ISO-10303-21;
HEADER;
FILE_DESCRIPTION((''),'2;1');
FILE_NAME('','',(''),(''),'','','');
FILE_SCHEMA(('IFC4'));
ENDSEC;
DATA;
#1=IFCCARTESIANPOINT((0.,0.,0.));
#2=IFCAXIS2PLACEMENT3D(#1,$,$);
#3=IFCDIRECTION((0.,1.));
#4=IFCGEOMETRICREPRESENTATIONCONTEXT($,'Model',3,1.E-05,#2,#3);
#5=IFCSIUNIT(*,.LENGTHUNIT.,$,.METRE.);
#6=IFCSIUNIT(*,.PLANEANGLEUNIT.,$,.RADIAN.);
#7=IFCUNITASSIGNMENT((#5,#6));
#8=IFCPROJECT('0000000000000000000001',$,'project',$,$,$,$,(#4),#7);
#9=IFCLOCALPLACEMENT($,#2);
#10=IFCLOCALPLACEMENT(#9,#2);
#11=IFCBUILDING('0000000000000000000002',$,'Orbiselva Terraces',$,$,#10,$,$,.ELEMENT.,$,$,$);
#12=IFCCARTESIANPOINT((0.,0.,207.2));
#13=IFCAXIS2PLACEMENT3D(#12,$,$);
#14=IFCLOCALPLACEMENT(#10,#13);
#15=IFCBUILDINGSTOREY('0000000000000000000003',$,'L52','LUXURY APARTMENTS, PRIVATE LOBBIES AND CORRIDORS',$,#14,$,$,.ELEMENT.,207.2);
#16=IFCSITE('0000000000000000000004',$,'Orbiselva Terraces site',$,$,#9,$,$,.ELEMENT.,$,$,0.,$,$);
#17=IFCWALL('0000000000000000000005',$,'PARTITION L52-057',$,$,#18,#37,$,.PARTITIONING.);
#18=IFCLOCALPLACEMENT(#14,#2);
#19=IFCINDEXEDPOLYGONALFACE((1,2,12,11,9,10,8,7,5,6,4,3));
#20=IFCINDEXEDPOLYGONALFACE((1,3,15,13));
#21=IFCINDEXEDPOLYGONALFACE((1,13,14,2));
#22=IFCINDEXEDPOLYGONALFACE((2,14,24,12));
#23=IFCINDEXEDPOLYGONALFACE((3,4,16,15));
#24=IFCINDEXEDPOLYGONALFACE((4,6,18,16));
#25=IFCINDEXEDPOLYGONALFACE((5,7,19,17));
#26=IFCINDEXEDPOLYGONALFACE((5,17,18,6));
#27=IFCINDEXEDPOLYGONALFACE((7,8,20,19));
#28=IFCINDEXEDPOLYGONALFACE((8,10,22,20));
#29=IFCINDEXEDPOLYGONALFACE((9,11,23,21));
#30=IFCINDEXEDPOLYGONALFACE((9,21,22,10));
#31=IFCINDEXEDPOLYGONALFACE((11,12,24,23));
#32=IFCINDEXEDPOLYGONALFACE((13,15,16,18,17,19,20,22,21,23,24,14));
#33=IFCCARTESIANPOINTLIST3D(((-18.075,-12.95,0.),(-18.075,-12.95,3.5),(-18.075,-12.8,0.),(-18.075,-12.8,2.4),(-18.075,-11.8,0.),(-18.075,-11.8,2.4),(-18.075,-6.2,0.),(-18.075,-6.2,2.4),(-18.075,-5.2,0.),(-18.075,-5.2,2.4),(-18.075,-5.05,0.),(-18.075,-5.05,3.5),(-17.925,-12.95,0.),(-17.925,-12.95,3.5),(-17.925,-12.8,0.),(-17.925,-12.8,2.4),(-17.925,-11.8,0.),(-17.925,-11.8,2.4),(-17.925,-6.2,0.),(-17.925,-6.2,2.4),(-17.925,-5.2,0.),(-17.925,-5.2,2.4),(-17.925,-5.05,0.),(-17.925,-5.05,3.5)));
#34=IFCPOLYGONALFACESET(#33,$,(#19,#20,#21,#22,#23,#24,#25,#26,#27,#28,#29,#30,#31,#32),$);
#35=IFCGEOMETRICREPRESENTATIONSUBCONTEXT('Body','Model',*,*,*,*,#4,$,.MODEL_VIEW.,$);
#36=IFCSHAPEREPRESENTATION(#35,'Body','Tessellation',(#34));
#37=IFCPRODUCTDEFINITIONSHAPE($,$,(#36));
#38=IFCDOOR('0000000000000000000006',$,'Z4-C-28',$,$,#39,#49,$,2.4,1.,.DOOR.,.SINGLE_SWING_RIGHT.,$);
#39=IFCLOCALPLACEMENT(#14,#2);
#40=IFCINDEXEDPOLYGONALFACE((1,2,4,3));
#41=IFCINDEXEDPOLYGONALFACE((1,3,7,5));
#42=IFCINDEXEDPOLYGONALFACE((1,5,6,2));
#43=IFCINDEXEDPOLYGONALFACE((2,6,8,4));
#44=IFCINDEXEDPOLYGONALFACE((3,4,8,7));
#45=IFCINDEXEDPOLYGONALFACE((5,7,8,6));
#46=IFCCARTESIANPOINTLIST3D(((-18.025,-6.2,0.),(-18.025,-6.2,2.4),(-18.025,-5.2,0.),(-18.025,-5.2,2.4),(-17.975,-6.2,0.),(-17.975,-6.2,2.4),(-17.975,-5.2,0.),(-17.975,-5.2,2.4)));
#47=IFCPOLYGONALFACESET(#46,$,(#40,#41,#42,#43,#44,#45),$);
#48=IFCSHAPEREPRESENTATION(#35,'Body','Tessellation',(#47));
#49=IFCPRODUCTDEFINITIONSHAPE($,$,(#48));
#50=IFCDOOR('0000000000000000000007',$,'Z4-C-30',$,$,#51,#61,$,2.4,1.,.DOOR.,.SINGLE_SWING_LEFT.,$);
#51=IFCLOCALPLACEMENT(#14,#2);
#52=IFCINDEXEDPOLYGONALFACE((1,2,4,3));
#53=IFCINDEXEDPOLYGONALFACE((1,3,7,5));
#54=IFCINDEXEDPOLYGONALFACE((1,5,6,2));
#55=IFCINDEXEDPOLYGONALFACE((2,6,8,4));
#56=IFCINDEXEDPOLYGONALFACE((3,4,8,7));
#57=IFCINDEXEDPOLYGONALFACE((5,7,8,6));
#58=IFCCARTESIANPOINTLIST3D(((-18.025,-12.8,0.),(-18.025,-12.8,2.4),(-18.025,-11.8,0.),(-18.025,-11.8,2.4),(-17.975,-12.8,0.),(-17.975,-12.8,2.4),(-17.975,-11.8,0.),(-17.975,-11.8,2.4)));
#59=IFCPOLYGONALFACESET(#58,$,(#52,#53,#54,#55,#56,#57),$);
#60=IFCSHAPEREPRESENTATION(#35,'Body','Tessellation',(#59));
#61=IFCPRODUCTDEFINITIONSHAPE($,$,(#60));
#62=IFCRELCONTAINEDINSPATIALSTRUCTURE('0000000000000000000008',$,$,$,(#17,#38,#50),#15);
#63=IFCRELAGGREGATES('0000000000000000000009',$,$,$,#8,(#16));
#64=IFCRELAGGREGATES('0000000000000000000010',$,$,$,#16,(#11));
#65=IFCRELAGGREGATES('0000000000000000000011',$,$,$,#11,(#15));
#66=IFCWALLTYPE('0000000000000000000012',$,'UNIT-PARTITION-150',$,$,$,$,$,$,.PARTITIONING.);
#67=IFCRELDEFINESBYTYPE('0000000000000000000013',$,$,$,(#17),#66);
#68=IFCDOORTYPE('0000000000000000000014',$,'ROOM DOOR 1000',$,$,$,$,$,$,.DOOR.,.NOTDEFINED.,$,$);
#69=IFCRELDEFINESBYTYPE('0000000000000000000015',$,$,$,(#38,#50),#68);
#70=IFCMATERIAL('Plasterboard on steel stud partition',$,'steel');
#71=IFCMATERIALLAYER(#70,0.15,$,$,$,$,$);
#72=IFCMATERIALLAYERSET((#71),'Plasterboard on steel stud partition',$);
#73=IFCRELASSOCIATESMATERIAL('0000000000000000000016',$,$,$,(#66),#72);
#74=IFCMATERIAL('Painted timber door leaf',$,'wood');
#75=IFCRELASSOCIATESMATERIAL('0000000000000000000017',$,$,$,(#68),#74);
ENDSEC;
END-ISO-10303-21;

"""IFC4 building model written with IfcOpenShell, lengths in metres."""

from ifc_helpers import new_model, si_unit, direction, frame, frame_2d, origin, place, context, subcontext, project, spatial, rectangle, extrude, material, layer, layer_set, type_object, element, fill, save


model = new_model("IFC4")

# Units and contexts
model_context = context("Model", 3, precision=1e-05, world=origin(), true_north=direction((0.0, 1.0)))
body_context = subcontext(model_context, "Body", "Model", "MODEL_VIEW")
ifc_project = project(units=[si_unit("LENGTHUNIT", "METRE"), si_unit("PLANEANGLEUNIT", "RADIAN")], contexts=[model_context])

# Site, building, storey
site_placement = place(None, origin())
site = spatial("IfcSite", under=ifc_project, at=site_placement, Name="Orbiselva Terraces site", CompositionType="ELEMENT", RefElevation=0.0)
building_placement = place(site_placement, origin())
building = spatial("IfcBuilding", under=site, at=building_placement, Name="Orbiselva Terraces", CompositionType="ELEMENT")
storey_placement = place(building_placement, frame((0.0, 0.0, 207.2)))
storey = spatial("IfcBuildingStorey", under=building, at=storey_placement, Name="L52", Description="LUXURY APARTMENTS, PRIVATE LOBBIES AND CORRIDORS", CompositionType="ELEMENT", Elevation=207.2)

# Shared definitions
ifc_material_1 = material(Name="Plasterboard on steel stud partition", Category="steel")
ifc_layer_1 = layer(ifc_material_1, 0.15)
ifc_layer_set_1 = layer_set([ifc_layer_1], Name="Plasterboard on steel stud partition")
wall_type_1 = type_object("IfcWallType", Name="UNIT-PARTITION-150", PredefinedType="PARTITIONING", material=ifc_layer_set_1)

# Wall, openings, doors
ifc_material_2 = material(Name="Painted timber door leaf", Category="wood")
wall_1_placement = place(storey_placement, frame((-18.0, -12.95, 0.0), z_axis=(0.0, 0.0, 1.0), x_axis=(0.0, 1.0, 0.0)))
wall_1 = element("IfcWall", 1, at=wall_1_placement, inside=storey, type_object=wall_type_1, Name="PARTITION L52-057", PredefinedType="PARTITIONING", context=body_context, shape_type="SweptSolid", body=[
    extrude(rectangle(XDim=7.9, YDim=0.15, at=frame_2d((3.95, 0.0))), origin(), (0.0, 0.0, 1.0), 3.5),
])
opening_1_placement = place(wall_1_placement, frame((6.75, 0.0, 0.0)))
opening_1 = element("IfcOpeningElement", 2, at=opening_1_placement, cuts=wall_1, PredefinedType="OPENING", context=body_context, shape_type="SweptSolid", body=[
    extrude(rectangle(XDim=1.0, YDim=2.4, at=frame_2d((0.5, 1.2))), frame((0.0, 0.085, 0.0), z_axis=(0.0, -1.0, 0.0), x_axis=(1.0, 0.0, 0.0)), (0.0, 0.0, 1.0), 0.17),
])
opening_2_placement = place(wall_1_placement, frame((0.15, 0.0, 0.0)))
opening_2 = element("IfcOpeningElement", 3, at=opening_2_placement, cuts=wall_1, PredefinedType="OPENING", context=body_context, shape_type="SweptSolid", body=[
    extrude(rectangle(XDim=1.0, YDim=2.4, at=frame_2d((0.5, 1.2))), frame((0.0, 0.085, 0.0), z_axis=(0.0, -1.0, 0.0), x_axis=(1.0, 0.0, 0.0)), (0.0, 0.0, 1.0), 0.17),
])
door_type_1 = type_object("IfcDoorType", Name="ROOM DOOR 1000", OperationType="NOTDEFINED", PredefinedType="DOOR", material=ifc_material_2)
door_1_placement = place(opening_1_placement, origin())
door_1 = element("IfcDoor", 4, at=door_1_placement, inside=storey, type_object=door_type_1, Name="Z4-C-28", OperationType="SINGLE_SWING_RIGHT", OverallHeight=2.4, OverallWidth=1.0, PredefinedType="DOOR", context=body_context, shape_type="SweptSolid", body=[
    extrude(rectangle(XDim=1.0, YDim=2.4, at=frame_2d((0.5, 1.2))), frame((0.0, 0.025, 0.0), z_axis=(0.0, -1.0, 0.0), x_axis=(1.0, 0.0, 0.0)), (0.0, 0.0, 1.0), 0.05),
])
fill(opening_1, door_1)
door_2_placement = place(opening_2_placement, origin())
door_2 = element("IfcDoor", 5, at=door_2_placement, inside=storey, type_object=door_type_1, Name="Z4-C-30", OperationType="SINGLE_SWING_LEFT", OverallHeight=2.4, OverallWidth=1.0, PredefinedType="DOOR", context=body_context, shape_type="SweptSolid", body=[
    extrude(rectangle(XDim=1.0, YDim=2.4, at=frame_2d((0.5, 1.2))), frame((0.0, 0.025, 0.0), z_axis=(0.0, -1.0, 0.0), x_axis=(1.0, 0.0, 0.0)), (0.0, 0.0, 1.0), 0.05),
])
fill(opening_2, door_2)

save(model, "model.ifc")
